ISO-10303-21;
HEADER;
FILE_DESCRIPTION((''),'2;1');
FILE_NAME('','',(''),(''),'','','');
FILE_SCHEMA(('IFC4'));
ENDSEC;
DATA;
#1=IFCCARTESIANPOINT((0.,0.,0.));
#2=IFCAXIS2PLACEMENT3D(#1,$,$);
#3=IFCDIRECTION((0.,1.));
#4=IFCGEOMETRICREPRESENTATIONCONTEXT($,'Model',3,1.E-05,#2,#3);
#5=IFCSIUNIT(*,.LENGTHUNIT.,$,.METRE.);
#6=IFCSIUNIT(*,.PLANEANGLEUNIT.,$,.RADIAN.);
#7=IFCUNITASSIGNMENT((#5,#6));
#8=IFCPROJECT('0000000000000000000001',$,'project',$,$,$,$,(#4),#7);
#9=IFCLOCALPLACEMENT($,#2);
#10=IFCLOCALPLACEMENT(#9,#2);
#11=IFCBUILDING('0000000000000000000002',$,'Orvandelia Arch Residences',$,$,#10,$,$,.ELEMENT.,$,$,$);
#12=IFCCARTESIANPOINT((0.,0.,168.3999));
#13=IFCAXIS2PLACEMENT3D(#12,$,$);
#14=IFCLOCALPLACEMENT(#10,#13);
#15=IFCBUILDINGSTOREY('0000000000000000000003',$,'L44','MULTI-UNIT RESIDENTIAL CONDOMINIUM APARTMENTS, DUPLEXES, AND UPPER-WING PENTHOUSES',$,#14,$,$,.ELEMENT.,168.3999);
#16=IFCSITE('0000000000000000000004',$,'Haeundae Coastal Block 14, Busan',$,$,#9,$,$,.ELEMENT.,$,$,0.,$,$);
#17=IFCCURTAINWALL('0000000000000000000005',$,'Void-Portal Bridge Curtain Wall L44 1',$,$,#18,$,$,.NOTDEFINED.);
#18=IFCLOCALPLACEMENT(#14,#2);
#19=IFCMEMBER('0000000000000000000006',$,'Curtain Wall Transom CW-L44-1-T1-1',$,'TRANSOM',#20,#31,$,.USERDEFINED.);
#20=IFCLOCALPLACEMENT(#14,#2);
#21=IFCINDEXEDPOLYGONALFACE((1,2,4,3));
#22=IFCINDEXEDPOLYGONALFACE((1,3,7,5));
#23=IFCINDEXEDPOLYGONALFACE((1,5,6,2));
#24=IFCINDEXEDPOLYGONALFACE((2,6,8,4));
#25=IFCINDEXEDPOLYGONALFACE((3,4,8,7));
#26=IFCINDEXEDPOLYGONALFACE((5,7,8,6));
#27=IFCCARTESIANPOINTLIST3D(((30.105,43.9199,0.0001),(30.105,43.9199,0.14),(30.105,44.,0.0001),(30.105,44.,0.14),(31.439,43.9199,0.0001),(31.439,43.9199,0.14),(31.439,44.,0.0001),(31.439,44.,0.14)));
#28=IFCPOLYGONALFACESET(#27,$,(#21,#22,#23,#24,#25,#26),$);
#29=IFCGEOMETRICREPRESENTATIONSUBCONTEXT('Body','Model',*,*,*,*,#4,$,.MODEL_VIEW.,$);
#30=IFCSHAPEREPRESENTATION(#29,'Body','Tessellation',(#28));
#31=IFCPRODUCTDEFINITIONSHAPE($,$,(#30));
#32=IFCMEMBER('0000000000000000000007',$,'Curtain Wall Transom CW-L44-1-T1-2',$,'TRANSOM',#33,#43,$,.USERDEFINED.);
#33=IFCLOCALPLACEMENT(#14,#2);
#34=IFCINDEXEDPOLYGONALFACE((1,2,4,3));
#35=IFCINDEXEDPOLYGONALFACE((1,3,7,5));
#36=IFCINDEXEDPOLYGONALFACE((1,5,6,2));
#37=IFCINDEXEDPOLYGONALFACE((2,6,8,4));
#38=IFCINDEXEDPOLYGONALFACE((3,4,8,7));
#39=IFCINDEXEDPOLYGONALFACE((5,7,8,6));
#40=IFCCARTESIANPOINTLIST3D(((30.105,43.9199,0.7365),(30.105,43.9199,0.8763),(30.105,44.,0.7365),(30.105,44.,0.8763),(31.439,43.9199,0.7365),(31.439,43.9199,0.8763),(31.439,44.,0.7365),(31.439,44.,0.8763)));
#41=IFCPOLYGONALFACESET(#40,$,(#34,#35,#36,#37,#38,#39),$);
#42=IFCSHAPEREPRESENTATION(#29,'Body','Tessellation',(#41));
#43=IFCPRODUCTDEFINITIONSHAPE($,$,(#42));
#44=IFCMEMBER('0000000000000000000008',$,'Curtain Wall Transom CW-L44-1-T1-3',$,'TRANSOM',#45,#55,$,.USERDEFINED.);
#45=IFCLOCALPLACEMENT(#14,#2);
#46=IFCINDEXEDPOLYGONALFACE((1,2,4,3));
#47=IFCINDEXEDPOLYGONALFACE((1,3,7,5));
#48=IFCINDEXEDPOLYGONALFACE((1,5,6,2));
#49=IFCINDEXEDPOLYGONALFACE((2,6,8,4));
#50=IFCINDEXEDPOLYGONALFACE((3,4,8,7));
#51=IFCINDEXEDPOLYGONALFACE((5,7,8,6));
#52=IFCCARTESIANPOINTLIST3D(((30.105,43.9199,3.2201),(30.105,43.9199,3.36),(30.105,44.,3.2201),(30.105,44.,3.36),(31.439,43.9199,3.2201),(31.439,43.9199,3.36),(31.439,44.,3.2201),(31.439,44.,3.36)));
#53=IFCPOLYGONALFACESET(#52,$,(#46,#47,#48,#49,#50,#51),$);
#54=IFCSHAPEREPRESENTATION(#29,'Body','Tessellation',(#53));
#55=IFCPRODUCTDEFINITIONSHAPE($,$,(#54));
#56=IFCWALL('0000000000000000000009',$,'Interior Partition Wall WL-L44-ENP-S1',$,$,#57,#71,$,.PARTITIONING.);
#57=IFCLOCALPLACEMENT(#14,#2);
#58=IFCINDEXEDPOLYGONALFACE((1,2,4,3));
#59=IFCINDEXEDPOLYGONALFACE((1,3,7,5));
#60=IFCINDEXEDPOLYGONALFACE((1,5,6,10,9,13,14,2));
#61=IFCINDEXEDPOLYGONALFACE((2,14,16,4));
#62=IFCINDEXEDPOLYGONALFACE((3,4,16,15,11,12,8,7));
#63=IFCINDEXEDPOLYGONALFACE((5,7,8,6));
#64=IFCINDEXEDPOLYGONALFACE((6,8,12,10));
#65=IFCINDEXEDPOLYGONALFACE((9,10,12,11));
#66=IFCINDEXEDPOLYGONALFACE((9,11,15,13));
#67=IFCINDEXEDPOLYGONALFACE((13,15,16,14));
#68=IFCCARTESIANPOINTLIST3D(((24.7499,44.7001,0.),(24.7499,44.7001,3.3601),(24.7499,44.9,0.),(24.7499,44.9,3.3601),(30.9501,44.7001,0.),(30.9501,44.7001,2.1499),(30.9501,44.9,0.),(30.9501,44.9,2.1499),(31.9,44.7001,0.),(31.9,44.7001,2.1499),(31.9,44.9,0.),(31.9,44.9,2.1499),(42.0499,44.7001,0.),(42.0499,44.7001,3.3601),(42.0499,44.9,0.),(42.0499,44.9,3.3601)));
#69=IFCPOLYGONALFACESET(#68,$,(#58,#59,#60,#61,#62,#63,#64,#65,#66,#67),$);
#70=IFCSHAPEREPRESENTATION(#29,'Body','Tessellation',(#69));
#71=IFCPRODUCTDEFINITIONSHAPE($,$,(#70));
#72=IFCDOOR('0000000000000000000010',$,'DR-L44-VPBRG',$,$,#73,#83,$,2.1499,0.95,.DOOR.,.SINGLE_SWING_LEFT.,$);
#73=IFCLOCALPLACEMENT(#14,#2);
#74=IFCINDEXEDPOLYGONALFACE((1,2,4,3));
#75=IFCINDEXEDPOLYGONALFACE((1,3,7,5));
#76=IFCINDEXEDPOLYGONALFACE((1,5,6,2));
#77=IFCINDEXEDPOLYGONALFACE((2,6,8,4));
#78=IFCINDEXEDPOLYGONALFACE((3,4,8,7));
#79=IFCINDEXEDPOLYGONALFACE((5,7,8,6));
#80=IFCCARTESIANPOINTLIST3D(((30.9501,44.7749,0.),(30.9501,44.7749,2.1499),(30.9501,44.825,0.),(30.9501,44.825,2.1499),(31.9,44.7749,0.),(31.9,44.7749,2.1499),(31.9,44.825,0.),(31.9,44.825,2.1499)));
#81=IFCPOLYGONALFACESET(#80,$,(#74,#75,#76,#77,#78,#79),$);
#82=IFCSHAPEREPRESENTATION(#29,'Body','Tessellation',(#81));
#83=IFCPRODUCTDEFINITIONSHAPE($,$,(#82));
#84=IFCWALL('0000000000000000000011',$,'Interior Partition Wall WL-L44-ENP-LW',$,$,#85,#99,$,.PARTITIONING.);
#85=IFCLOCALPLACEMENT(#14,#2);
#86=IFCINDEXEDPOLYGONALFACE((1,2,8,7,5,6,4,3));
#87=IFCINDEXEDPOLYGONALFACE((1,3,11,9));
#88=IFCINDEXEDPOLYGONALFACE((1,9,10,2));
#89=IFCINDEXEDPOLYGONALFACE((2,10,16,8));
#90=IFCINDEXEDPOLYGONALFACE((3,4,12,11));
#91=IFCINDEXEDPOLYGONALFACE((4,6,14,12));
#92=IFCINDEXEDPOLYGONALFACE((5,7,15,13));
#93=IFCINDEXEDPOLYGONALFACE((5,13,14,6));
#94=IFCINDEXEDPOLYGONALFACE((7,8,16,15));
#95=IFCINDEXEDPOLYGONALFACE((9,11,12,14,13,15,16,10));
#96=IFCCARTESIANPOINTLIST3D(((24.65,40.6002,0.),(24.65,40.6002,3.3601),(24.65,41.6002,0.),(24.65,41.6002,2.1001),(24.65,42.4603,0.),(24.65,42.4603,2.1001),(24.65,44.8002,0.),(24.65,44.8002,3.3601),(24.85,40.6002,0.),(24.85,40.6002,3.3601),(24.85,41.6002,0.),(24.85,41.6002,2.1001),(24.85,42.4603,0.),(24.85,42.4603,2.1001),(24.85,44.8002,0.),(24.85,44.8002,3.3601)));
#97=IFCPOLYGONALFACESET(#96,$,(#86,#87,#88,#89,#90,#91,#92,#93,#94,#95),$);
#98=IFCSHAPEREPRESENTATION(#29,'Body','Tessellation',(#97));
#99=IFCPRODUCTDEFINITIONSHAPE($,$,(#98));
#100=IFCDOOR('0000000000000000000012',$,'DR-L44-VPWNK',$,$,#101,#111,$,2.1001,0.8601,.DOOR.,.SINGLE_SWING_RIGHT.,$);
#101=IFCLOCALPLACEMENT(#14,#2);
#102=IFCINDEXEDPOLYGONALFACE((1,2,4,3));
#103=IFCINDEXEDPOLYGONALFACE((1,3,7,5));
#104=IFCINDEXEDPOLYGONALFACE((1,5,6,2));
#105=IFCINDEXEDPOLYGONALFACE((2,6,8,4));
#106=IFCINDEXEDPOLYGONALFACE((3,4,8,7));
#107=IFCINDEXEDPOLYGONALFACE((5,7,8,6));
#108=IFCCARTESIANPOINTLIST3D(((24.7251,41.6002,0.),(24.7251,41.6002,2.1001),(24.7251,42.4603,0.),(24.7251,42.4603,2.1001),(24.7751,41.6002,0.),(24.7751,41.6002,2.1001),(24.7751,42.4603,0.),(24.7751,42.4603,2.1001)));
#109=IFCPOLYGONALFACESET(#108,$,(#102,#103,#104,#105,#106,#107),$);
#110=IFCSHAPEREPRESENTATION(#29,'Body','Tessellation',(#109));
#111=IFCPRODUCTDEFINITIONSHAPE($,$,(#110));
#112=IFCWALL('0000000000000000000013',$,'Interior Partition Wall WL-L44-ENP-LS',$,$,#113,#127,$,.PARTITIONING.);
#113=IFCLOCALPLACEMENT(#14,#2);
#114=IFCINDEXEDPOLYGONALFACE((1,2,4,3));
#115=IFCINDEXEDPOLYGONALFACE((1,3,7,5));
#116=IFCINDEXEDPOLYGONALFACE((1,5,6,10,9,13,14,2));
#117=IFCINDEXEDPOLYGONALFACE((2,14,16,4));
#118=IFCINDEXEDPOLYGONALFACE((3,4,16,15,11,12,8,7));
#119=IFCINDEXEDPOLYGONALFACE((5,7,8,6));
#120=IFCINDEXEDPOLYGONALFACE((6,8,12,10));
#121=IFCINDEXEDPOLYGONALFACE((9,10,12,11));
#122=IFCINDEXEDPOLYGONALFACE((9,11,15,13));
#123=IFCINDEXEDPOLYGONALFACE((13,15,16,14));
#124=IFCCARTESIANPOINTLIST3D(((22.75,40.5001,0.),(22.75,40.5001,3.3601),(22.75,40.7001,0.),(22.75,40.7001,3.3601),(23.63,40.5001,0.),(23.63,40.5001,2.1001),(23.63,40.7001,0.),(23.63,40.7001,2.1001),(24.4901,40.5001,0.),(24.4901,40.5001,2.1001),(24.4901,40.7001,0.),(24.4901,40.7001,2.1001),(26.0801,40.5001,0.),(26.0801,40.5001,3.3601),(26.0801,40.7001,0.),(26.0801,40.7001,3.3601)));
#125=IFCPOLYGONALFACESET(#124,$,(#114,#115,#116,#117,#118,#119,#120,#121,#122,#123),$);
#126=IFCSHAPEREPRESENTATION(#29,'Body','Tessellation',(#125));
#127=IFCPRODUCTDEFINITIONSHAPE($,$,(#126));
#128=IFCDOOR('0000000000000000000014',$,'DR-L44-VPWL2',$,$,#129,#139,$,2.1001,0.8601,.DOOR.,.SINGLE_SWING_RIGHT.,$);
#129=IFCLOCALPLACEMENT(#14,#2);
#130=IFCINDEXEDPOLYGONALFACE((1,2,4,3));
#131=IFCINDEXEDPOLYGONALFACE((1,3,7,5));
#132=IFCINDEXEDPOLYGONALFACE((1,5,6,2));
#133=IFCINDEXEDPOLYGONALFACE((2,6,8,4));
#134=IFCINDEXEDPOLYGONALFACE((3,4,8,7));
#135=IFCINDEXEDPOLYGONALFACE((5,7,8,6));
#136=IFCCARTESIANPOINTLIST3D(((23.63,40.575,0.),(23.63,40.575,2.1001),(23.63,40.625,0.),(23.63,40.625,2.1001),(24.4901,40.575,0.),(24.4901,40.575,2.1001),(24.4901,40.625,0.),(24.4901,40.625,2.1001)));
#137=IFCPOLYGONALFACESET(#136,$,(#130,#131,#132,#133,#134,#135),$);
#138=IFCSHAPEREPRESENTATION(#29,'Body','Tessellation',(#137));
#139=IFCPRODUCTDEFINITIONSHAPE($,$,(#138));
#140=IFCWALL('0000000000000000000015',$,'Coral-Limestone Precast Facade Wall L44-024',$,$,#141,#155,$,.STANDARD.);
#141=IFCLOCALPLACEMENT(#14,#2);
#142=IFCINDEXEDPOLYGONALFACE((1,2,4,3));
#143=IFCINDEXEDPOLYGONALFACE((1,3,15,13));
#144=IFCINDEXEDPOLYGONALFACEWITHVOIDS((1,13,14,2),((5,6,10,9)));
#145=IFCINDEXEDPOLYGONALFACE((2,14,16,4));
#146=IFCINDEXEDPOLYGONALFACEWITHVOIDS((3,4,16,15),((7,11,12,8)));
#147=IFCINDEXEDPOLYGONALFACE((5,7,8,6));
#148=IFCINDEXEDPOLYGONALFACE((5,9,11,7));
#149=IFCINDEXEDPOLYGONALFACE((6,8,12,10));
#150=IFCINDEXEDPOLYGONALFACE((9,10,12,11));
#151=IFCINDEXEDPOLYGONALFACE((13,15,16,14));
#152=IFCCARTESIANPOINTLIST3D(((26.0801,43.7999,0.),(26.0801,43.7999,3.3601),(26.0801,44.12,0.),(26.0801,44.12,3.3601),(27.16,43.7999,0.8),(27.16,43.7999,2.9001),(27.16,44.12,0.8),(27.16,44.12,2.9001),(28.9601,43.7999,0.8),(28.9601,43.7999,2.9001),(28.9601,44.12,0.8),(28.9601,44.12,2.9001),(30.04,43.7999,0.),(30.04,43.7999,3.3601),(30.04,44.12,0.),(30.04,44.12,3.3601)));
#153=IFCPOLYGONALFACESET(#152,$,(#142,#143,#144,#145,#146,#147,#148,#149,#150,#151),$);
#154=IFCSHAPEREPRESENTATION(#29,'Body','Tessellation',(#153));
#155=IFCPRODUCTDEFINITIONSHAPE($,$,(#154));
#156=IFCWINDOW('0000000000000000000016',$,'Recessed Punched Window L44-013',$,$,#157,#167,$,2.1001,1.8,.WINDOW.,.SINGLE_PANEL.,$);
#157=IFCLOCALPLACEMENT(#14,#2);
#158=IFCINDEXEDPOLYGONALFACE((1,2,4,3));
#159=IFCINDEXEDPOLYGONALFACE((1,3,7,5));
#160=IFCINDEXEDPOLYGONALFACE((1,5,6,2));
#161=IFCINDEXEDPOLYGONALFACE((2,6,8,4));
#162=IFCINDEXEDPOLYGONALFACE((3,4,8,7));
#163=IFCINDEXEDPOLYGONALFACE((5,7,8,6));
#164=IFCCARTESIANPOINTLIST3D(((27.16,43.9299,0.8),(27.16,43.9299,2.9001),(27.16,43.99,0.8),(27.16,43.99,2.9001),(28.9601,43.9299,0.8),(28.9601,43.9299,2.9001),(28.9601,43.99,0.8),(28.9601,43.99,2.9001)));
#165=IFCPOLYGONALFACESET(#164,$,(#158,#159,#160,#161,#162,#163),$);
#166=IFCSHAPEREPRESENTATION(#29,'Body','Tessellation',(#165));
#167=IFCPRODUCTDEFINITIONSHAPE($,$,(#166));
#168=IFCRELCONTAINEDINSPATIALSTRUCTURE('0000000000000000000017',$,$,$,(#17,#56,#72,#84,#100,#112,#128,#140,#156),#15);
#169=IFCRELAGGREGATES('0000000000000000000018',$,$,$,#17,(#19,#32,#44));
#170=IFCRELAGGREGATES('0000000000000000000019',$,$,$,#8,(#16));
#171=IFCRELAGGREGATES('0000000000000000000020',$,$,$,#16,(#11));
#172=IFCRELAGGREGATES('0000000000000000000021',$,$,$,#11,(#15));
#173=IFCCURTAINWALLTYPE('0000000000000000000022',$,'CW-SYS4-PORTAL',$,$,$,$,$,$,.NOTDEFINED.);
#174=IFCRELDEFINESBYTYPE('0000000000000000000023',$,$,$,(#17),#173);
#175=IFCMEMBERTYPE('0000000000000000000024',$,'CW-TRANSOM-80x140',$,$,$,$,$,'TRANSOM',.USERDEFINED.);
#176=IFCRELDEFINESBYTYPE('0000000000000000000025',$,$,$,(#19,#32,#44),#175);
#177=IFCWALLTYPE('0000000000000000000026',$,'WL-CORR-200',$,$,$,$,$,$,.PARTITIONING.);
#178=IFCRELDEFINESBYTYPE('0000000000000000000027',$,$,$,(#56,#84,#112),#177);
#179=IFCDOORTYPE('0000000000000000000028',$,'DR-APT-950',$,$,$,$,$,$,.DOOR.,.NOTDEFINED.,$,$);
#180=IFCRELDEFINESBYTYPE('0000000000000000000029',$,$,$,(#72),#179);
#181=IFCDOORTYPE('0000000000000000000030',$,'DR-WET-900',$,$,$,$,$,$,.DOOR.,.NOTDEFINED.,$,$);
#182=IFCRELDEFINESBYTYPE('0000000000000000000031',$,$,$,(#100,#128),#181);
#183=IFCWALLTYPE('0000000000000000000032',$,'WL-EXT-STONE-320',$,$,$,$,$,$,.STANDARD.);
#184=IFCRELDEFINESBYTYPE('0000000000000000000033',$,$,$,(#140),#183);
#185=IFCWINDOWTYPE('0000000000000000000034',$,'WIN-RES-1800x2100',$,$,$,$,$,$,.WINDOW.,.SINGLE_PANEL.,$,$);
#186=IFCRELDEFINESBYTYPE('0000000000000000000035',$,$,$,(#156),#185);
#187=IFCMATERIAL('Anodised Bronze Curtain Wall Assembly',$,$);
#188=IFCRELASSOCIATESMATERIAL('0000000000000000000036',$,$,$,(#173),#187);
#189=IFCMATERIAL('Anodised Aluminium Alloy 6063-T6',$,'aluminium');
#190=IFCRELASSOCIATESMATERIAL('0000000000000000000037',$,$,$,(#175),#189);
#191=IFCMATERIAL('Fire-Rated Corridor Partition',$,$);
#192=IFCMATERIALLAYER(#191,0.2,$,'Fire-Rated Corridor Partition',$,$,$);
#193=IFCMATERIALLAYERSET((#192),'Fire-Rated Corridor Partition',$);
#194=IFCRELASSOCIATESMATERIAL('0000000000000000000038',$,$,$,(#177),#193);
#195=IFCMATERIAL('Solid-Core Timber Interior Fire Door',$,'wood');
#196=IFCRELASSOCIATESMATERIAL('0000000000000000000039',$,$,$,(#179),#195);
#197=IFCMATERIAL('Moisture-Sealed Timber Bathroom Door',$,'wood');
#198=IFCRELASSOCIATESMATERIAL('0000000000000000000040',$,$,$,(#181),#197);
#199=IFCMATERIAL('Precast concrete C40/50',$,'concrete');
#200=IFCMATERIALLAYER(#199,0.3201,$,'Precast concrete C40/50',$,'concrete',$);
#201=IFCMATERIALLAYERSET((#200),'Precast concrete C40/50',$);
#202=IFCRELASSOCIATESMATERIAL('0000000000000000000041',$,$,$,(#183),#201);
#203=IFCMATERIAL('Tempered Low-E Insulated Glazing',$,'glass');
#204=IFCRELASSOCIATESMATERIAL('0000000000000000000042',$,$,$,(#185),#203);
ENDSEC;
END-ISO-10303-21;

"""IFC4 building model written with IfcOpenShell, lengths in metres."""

from ifc_helpers import new_model, si_unit, direction, frame, frame_2d, origin, origin_2d, place, context, subcontext, project, spatial, rectangle, extrude, material, layer, layer_set, material_profile, profile_set, type_object, element, fill, aggregate, save


model = new_model("IFC4")

# Units and contexts
model_context = context("Model", 3, precision=1e-05, world=origin(), true_north=direction((0.0, 1.0)))
body_context = subcontext(model_context, "Body", "Model", "MODEL_VIEW")
ifc_project = project(units=[si_unit("LENGTHUNIT", "METRE"), si_unit("PLANEANGLEUNIT", "RADIAN")], contexts=[model_context])

# Site, building, storey
site_placement = place(None, origin())
site = spatial("IfcSite", under=ifc_project, at=site_placement, Name="Haeundae Coastal Block 14, Busan", CompositionType="ELEMENT", RefElevation=0.0)
building_placement = place(site_placement, origin())
building = spatial("IfcBuilding", under=site, at=building_placement, Name="Orvandelia Arch Residences", CompositionType="ELEMENT")
storey_placement = place(building_placement, frame((0.0, 0.0, 168.3999)))
storey = spatial("IfcBuildingStorey", under=building, at=storey_placement, Name="L44", Description="MULTI-UNIT RESIDENTIAL CONDOMINIUM APARTMENTS, DUPLEXES, AND UPPER-WING PENTHOUSES", CompositionType="ELEMENT", Elevation=168.3999)

# Curtain wall, members
ifc_material_1 = material(Name="Anodised Bronze Curtain Wall Assembly")
curtain_wall_type = type_object("IfcCurtainWallType", Name="CW-SYS4-PORTAL", PredefinedType="NOTDEFINED", material=ifc_material_1)
curtain_wall_placement = place(storey_placement, origin())
curtain_wall = element("IfcCurtainWall", 1, at=curtain_wall_placement, inside=storey, type_object=curtain_wall_type, Name="Void-Portal Bridge Curtain Wall L44 1", PredefinedType="NOTDEFINED")
ifc_material_2 = material(Name="Anodised Aluminium Alloy 6063-T6", Category="aluminium")
ifc_material_profile_1 = material_profile(ifc_material_2, rectangle(XDim=0.0801, YDim=0.1399, at=origin_2d()), Name="Anodised Aluminium Alloy 6063-T6", Category="aluminium")
ifc_profile_set_1 = profile_set([ifc_material_profile_1], Name="Anodised Aluminium Alloy 6063-T6")
member_type_1 = type_object("IfcMemberType", Name="CW-TRANSOM-80x140", ElementType="TRANSOM", PredefinedType="USERDEFINED", material=ifc_profile_set_1)
member_1_placement = place(storey_placement, frame((30.105, 43.96, 0.0701), z_axis=(1.0, 0.0, 0.0), x_axis=(0.0, 1.0, 0.0)))
member_1 = element("IfcMember", 2, at=member_1_placement, type_object=member_type_1, Name="Curtain Wall Transom CW-L44-1-T1-1", ObjectType="TRANSOM", PredefinedType="USERDEFINED", context=body_context, shape_type="SweptSolid", body=[
    extrude(rectangle(XDim=0.0801, YDim=0.1399, at=origin_2d()), origin(), (0.0, 0.0, 1.0), 1.334),
])
member_2_placement = place(storey_placement, frame((30.105, 43.96, 0.8064), z_axis=(1.0, 0.0, 0.0), x_axis=(0.0, 1.0, 0.0)))
member_2 = element("IfcMember", 3, at=member_2_placement, type_object=member_type_1, Name="Curtain Wall Transom CW-L44-1-T1-2", ObjectType="TRANSOM", PredefinedType="USERDEFINED", context=body_context, shape_type="SweptSolid", body=[
    extrude(rectangle(XDim=0.0801, YDim=0.1399, at=origin_2d()), origin(), (0.0, 0.0, 1.0), 1.334),
])
member_3_placement = place(storey_placement, frame((30.105, 43.96, 3.29), z_axis=(1.0, 0.0, 0.0), x_axis=(0.0, 1.0, 0.0)))
member_3 = element("IfcMember", 4, at=member_3_placement, type_object=member_type_1, Name="Curtain Wall Transom CW-L44-1-T1-3", ObjectType="TRANSOM", PredefinedType="USERDEFINED", context=body_context, shape_type="SweptSolid", body=[
    extrude(rectangle(XDim=0.0801, YDim=0.1399, at=origin_2d()), origin(), (0.0, 0.0, 1.0), 1.334),
])
aggregate(curtain_wall, [member_1, member_2, member_3])

# Walls, openings, doors
ifc_material_3 = material(Name="Fire-Rated Corridor Partition")
ifc_layer_1 = layer(ifc_material_3, 0.2, Name="Fire-Rated Corridor Partition")
ifc_layer_set_1 = layer_set([ifc_layer_1], Name="Fire-Rated Corridor Partition")
wall_type_1 = type_object("IfcWallType", Name="WL-CORR-200", PredefinedType="PARTITIONING", material=ifc_layer_set_1)
wall_1_placement = place(storey_placement, frame((24.75, 44.8, 0.0), z_axis=(0.0, 0.0, 1.0), x_axis=(1.0, 0.0, 0.0)))
wall_1 = element("IfcWall", 5, at=wall_1_placement, inside=storey, type_object=wall_type_1, Name="Interior Partition Wall WL-L44-ENP-S1", PredefinedType="PARTITIONING", context=body_context, shape_type="SweptSolid", body=[
    extrude(rectangle(XDim=17.3, YDim=0.2, at=frame_2d((8.6499, 0.0))), origin(), (0.0, 0.0, 1.0), 3.3601),
])
opening_1_placement = place(wall_1_placement, frame((6.2, 0.0, 0.0)))
opening_1 = element("IfcOpeningElement", 6, at=opening_1_placement, cuts=wall_1, PredefinedType="OPENING", context=body_context, shape_type="SweptSolid", body=[
    extrude(rectangle(XDim=0.95, YDim=2.1499, at=frame_2d((0.4751, 1.075))), frame((0.0, 0.1099, 0.0), z_axis=(0.0, -1.0, 0.0), x_axis=(1.0, 0.0, 0.0)), (0.0, 0.0, 1.0), 0.22),
])
ifc_material_4 = material(Name="Solid-Core Timber Interior Fire Door", Category="wood")
door_type_1 = type_object("IfcDoorType", Name="DR-APT-950", OperationType="NOTDEFINED", PredefinedType="DOOR", material=ifc_material_4)
door_1_placement = place(opening_1_placement, origin())
door_1 = element("IfcDoor", 7, at=door_1_placement, inside=storey, type_object=door_type_1, Name="DR-L44-VPBRG", OperationType="SINGLE_SWING_LEFT", OverallHeight=2.1499, OverallWidth=0.95, PredefinedType="DOOR", context=body_context, shape_type="SweptSolid", body=[
    extrude(rectangle(XDim=0.95, YDim=2.1499, at=frame_2d((0.4751, 1.075))), frame((0.0, 0.0249, 0.0), z_axis=(0.0, -1.0, 0.0), x_axis=(1.0, 0.0, 0.0)), (0.0, 0.0, 1.0), 0.05),
])
fill(opening_1, door_1)
wall_2_placement = place(storey_placement, frame((24.75, 40.6001, 0.0), z_axis=(0.0, 0.0, 1.0), x_axis=(0.0, 1.0, 0.0)))
wall_2 = element("IfcWall", 8, at=wall_2_placement, inside=storey, type_object=wall_type_1, Name="Interior Partition Wall WL-L44-ENP-LW", PredefinedType="PARTITIONING", context=body_context, shape_type="SweptSolid", body=[
    extrude(rectangle(XDim=4.2, YDim=0.2, at=frame_2d((2.1001, 0.0))), origin(), (0.0, 0.0, 1.0), 3.3601),
])
opening_2_placement = place(wall_2_placement, frame((1.0, 0.0, 0.0)))
opening_2 = element("IfcOpeningElement", 9, at=opening_2_placement, cuts=wall_2, PredefinedType="OPENING", context=body_context, shape_type="SweptSolid", body=[
    extrude(rectangle(XDim=0.8601, YDim=2.1001, at=frame_2d((0.4302, 1.05))), frame((0.0, 0.1099, 0.0), z_axis=(0.0, -1.0, 0.0), x_axis=(1.0, 0.0, 0.0)), (0.0, 0.0, 1.0), 0.22),
])
ifc_material_5 = material(Name="Moisture-Sealed Timber Bathroom Door", Category="wood")
door_type_2 = type_object("IfcDoorType", Name="DR-WET-900", OperationType="NOTDEFINED", PredefinedType="DOOR", material=ifc_material_5)
door_2_placement = place(opening_2_placement, origin())
door_2 = element("IfcDoor", 10, at=door_2_placement, inside=storey, type_object=door_type_2, Name="DR-L44-VPWNK", OperationType="SINGLE_SWING_RIGHT", OverallHeight=2.1001, OverallWidth=0.8601, PredefinedType="DOOR", context=body_context, shape_type="SweptSolid", body=[
    extrude(rectangle(XDim=0.8601, YDim=2.1001, at=frame_2d((0.4302, 1.05))), frame((0.0, 0.0249, 0.0), z_axis=(0.0, -1.0, 0.0), x_axis=(1.0, 0.0, 0.0)), (0.0, 0.0, 1.0), 0.05),
])
fill(opening_2, door_2)
wall_3_placement = place(storey_placement, frame((22.75, 40.6001, 0.0), z_axis=(0.0, 0.0, 1.0), x_axis=(1.0, 0.0, 0.0)))
wall_3 = element("IfcWall", 11, at=wall_3_placement, inside=storey, type_object=wall_type_1, Name="Interior Partition Wall WL-L44-ENP-LS", PredefinedType="PARTITIONING", context=body_context, shape_type="SweptSolid", body=[
    extrude(rectangle(XDim=3.3301, YDim=0.2, at=frame_2d((1.665, 0.0))), origin(), (0.0, 0.0, 1.0), 3.3601),
])
opening_3_placement = place(wall_3_placement, frame((0.8799, 0.0, 0.0)))
opening_3 = element("IfcOpeningElement", 12, at=opening_3_placement, cuts=wall_3, PredefinedType="OPENING", context=body_context, shape_type="SweptSolid", body=[
    extrude(rectangle(XDim=0.8601, YDim=2.1001, at=frame_2d((0.4302, 1.05))), frame((0.0, 0.1099, 0.0), z_axis=(0.0, -1.0, 0.0), x_axis=(1.0, 0.0, 0.0)), (0.0, 0.0, 1.0), 0.22),
])
door_3_placement = place(opening_3_placement, origin())
door_3 = element("IfcDoor", 13, at=door_3_placement, inside=storey, type_object=door_type_2, Name="DR-L44-VPWL2", OperationType="SINGLE_SWING_RIGHT", OverallHeight=2.1001, OverallWidth=0.8601, PredefinedType="DOOR", context=body_context, shape_type="SweptSolid", body=[
    extrude(rectangle(XDim=0.8601, YDim=2.1001, at=frame_2d((0.4302, 1.05))), frame((0.0, 0.0249, 0.0), z_axis=(0.0, -1.0, 0.0), x_axis=(1.0, 0.0, 0.0)), (0.0, 0.0, 1.0), 0.05),
])
fill(opening_3, door_3)

# Wall, opening, window
ifc_material_6 = material(Name="Precast concrete C40/50", Category="concrete")
ifc_layer_2 = layer(ifc_material_6, 0.3201, Name="Precast concrete C40/50", Category="concrete")
ifc_layer_set_2 = layer_set([ifc_layer_2], Name="Precast concrete C40/50")
wall_type_2 = type_object("IfcWallType", Name="WL-EXT-STONE-320", PredefinedType="STANDARD", material=ifc_layer_set_2)
wall_4_placement = place(storey_placement, frame((30.04, 43.96, 0.0), z_axis=(0.0, 0.0, 1.0), x_axis=(-1.0, 0.0, 0.0)))
wall_4 = element("IfcWall", 14, at=wall_4_placement, inside=storey, type_object=wall_type_2, Name="Coral-Limestone Precast Facade Wall L44-024", PredefinedType="STANDARD", context=body_context, shape_type="SweptSolid", body=[
    extrude(rectangle(XDim=3.96, YDim=0.3201, at=frame_2d((1.98, 0.0))), origin(), (0.0, 0.0, 1.0), 3.3601),
])
opening_4_placement = place(wall_4_placement, frame((1.0801, 0.0, 0.8)))
opening_4 = element("IfcOpeningElement", 15, at=opening_4_placement, cuts=wall_4, PredefinedType="OPENING", context=body_context, shape_type="SweptSolid", body=[
    extrude(rectangle(XDim=1.8, YDim=2.1001, at=frame_2d((0.8999, 1.05))), frame((0.0, 0.1699, 0.0), z_axis=(0.0, -1.0, 0.0), x_axis=(1.0, 0.0, 0.0)), (0.0, 0.0, 1.0), 0.3401),
])
ifc_material_7 = material(Name="Tempered Low-E Insulated Glazing", Category="glass")
window_type = type_object("IfcWindowType", Name="WIN-RES-1800x2100", PartitioningType="SINGLE_PANEL", PredefinedType="WINDOW", material=ifc_material_7)
window_1_placement = place(opening_4_placement, origin())
window_1 = element("IfcWindow", 16, at=window_1_placement, inside=storey, type_object=window_type, Name="Recessed Punched Window L44-013", OverallHeight=2.1001, OverallWidth=1.8, PartitioningType="SINGLE_PANEL", PredefinedType="WINDOW", context=body_context, shape_type="SweptSolid", body=[
    extrude(rectangle(XDim=1.8, YDim=2.1001, at=frame_2d((0.8999, 1.05))), frame((0.0, 0.03, 0.0), z_axis=(0.0, -1.0, 0.0), x_axis=(1.0, 0.0, 0.0)), (0.0, 0.0, 1.0), 0.0601),
])
fill(opening_4, window_1)

save(model, "model.ifc")
